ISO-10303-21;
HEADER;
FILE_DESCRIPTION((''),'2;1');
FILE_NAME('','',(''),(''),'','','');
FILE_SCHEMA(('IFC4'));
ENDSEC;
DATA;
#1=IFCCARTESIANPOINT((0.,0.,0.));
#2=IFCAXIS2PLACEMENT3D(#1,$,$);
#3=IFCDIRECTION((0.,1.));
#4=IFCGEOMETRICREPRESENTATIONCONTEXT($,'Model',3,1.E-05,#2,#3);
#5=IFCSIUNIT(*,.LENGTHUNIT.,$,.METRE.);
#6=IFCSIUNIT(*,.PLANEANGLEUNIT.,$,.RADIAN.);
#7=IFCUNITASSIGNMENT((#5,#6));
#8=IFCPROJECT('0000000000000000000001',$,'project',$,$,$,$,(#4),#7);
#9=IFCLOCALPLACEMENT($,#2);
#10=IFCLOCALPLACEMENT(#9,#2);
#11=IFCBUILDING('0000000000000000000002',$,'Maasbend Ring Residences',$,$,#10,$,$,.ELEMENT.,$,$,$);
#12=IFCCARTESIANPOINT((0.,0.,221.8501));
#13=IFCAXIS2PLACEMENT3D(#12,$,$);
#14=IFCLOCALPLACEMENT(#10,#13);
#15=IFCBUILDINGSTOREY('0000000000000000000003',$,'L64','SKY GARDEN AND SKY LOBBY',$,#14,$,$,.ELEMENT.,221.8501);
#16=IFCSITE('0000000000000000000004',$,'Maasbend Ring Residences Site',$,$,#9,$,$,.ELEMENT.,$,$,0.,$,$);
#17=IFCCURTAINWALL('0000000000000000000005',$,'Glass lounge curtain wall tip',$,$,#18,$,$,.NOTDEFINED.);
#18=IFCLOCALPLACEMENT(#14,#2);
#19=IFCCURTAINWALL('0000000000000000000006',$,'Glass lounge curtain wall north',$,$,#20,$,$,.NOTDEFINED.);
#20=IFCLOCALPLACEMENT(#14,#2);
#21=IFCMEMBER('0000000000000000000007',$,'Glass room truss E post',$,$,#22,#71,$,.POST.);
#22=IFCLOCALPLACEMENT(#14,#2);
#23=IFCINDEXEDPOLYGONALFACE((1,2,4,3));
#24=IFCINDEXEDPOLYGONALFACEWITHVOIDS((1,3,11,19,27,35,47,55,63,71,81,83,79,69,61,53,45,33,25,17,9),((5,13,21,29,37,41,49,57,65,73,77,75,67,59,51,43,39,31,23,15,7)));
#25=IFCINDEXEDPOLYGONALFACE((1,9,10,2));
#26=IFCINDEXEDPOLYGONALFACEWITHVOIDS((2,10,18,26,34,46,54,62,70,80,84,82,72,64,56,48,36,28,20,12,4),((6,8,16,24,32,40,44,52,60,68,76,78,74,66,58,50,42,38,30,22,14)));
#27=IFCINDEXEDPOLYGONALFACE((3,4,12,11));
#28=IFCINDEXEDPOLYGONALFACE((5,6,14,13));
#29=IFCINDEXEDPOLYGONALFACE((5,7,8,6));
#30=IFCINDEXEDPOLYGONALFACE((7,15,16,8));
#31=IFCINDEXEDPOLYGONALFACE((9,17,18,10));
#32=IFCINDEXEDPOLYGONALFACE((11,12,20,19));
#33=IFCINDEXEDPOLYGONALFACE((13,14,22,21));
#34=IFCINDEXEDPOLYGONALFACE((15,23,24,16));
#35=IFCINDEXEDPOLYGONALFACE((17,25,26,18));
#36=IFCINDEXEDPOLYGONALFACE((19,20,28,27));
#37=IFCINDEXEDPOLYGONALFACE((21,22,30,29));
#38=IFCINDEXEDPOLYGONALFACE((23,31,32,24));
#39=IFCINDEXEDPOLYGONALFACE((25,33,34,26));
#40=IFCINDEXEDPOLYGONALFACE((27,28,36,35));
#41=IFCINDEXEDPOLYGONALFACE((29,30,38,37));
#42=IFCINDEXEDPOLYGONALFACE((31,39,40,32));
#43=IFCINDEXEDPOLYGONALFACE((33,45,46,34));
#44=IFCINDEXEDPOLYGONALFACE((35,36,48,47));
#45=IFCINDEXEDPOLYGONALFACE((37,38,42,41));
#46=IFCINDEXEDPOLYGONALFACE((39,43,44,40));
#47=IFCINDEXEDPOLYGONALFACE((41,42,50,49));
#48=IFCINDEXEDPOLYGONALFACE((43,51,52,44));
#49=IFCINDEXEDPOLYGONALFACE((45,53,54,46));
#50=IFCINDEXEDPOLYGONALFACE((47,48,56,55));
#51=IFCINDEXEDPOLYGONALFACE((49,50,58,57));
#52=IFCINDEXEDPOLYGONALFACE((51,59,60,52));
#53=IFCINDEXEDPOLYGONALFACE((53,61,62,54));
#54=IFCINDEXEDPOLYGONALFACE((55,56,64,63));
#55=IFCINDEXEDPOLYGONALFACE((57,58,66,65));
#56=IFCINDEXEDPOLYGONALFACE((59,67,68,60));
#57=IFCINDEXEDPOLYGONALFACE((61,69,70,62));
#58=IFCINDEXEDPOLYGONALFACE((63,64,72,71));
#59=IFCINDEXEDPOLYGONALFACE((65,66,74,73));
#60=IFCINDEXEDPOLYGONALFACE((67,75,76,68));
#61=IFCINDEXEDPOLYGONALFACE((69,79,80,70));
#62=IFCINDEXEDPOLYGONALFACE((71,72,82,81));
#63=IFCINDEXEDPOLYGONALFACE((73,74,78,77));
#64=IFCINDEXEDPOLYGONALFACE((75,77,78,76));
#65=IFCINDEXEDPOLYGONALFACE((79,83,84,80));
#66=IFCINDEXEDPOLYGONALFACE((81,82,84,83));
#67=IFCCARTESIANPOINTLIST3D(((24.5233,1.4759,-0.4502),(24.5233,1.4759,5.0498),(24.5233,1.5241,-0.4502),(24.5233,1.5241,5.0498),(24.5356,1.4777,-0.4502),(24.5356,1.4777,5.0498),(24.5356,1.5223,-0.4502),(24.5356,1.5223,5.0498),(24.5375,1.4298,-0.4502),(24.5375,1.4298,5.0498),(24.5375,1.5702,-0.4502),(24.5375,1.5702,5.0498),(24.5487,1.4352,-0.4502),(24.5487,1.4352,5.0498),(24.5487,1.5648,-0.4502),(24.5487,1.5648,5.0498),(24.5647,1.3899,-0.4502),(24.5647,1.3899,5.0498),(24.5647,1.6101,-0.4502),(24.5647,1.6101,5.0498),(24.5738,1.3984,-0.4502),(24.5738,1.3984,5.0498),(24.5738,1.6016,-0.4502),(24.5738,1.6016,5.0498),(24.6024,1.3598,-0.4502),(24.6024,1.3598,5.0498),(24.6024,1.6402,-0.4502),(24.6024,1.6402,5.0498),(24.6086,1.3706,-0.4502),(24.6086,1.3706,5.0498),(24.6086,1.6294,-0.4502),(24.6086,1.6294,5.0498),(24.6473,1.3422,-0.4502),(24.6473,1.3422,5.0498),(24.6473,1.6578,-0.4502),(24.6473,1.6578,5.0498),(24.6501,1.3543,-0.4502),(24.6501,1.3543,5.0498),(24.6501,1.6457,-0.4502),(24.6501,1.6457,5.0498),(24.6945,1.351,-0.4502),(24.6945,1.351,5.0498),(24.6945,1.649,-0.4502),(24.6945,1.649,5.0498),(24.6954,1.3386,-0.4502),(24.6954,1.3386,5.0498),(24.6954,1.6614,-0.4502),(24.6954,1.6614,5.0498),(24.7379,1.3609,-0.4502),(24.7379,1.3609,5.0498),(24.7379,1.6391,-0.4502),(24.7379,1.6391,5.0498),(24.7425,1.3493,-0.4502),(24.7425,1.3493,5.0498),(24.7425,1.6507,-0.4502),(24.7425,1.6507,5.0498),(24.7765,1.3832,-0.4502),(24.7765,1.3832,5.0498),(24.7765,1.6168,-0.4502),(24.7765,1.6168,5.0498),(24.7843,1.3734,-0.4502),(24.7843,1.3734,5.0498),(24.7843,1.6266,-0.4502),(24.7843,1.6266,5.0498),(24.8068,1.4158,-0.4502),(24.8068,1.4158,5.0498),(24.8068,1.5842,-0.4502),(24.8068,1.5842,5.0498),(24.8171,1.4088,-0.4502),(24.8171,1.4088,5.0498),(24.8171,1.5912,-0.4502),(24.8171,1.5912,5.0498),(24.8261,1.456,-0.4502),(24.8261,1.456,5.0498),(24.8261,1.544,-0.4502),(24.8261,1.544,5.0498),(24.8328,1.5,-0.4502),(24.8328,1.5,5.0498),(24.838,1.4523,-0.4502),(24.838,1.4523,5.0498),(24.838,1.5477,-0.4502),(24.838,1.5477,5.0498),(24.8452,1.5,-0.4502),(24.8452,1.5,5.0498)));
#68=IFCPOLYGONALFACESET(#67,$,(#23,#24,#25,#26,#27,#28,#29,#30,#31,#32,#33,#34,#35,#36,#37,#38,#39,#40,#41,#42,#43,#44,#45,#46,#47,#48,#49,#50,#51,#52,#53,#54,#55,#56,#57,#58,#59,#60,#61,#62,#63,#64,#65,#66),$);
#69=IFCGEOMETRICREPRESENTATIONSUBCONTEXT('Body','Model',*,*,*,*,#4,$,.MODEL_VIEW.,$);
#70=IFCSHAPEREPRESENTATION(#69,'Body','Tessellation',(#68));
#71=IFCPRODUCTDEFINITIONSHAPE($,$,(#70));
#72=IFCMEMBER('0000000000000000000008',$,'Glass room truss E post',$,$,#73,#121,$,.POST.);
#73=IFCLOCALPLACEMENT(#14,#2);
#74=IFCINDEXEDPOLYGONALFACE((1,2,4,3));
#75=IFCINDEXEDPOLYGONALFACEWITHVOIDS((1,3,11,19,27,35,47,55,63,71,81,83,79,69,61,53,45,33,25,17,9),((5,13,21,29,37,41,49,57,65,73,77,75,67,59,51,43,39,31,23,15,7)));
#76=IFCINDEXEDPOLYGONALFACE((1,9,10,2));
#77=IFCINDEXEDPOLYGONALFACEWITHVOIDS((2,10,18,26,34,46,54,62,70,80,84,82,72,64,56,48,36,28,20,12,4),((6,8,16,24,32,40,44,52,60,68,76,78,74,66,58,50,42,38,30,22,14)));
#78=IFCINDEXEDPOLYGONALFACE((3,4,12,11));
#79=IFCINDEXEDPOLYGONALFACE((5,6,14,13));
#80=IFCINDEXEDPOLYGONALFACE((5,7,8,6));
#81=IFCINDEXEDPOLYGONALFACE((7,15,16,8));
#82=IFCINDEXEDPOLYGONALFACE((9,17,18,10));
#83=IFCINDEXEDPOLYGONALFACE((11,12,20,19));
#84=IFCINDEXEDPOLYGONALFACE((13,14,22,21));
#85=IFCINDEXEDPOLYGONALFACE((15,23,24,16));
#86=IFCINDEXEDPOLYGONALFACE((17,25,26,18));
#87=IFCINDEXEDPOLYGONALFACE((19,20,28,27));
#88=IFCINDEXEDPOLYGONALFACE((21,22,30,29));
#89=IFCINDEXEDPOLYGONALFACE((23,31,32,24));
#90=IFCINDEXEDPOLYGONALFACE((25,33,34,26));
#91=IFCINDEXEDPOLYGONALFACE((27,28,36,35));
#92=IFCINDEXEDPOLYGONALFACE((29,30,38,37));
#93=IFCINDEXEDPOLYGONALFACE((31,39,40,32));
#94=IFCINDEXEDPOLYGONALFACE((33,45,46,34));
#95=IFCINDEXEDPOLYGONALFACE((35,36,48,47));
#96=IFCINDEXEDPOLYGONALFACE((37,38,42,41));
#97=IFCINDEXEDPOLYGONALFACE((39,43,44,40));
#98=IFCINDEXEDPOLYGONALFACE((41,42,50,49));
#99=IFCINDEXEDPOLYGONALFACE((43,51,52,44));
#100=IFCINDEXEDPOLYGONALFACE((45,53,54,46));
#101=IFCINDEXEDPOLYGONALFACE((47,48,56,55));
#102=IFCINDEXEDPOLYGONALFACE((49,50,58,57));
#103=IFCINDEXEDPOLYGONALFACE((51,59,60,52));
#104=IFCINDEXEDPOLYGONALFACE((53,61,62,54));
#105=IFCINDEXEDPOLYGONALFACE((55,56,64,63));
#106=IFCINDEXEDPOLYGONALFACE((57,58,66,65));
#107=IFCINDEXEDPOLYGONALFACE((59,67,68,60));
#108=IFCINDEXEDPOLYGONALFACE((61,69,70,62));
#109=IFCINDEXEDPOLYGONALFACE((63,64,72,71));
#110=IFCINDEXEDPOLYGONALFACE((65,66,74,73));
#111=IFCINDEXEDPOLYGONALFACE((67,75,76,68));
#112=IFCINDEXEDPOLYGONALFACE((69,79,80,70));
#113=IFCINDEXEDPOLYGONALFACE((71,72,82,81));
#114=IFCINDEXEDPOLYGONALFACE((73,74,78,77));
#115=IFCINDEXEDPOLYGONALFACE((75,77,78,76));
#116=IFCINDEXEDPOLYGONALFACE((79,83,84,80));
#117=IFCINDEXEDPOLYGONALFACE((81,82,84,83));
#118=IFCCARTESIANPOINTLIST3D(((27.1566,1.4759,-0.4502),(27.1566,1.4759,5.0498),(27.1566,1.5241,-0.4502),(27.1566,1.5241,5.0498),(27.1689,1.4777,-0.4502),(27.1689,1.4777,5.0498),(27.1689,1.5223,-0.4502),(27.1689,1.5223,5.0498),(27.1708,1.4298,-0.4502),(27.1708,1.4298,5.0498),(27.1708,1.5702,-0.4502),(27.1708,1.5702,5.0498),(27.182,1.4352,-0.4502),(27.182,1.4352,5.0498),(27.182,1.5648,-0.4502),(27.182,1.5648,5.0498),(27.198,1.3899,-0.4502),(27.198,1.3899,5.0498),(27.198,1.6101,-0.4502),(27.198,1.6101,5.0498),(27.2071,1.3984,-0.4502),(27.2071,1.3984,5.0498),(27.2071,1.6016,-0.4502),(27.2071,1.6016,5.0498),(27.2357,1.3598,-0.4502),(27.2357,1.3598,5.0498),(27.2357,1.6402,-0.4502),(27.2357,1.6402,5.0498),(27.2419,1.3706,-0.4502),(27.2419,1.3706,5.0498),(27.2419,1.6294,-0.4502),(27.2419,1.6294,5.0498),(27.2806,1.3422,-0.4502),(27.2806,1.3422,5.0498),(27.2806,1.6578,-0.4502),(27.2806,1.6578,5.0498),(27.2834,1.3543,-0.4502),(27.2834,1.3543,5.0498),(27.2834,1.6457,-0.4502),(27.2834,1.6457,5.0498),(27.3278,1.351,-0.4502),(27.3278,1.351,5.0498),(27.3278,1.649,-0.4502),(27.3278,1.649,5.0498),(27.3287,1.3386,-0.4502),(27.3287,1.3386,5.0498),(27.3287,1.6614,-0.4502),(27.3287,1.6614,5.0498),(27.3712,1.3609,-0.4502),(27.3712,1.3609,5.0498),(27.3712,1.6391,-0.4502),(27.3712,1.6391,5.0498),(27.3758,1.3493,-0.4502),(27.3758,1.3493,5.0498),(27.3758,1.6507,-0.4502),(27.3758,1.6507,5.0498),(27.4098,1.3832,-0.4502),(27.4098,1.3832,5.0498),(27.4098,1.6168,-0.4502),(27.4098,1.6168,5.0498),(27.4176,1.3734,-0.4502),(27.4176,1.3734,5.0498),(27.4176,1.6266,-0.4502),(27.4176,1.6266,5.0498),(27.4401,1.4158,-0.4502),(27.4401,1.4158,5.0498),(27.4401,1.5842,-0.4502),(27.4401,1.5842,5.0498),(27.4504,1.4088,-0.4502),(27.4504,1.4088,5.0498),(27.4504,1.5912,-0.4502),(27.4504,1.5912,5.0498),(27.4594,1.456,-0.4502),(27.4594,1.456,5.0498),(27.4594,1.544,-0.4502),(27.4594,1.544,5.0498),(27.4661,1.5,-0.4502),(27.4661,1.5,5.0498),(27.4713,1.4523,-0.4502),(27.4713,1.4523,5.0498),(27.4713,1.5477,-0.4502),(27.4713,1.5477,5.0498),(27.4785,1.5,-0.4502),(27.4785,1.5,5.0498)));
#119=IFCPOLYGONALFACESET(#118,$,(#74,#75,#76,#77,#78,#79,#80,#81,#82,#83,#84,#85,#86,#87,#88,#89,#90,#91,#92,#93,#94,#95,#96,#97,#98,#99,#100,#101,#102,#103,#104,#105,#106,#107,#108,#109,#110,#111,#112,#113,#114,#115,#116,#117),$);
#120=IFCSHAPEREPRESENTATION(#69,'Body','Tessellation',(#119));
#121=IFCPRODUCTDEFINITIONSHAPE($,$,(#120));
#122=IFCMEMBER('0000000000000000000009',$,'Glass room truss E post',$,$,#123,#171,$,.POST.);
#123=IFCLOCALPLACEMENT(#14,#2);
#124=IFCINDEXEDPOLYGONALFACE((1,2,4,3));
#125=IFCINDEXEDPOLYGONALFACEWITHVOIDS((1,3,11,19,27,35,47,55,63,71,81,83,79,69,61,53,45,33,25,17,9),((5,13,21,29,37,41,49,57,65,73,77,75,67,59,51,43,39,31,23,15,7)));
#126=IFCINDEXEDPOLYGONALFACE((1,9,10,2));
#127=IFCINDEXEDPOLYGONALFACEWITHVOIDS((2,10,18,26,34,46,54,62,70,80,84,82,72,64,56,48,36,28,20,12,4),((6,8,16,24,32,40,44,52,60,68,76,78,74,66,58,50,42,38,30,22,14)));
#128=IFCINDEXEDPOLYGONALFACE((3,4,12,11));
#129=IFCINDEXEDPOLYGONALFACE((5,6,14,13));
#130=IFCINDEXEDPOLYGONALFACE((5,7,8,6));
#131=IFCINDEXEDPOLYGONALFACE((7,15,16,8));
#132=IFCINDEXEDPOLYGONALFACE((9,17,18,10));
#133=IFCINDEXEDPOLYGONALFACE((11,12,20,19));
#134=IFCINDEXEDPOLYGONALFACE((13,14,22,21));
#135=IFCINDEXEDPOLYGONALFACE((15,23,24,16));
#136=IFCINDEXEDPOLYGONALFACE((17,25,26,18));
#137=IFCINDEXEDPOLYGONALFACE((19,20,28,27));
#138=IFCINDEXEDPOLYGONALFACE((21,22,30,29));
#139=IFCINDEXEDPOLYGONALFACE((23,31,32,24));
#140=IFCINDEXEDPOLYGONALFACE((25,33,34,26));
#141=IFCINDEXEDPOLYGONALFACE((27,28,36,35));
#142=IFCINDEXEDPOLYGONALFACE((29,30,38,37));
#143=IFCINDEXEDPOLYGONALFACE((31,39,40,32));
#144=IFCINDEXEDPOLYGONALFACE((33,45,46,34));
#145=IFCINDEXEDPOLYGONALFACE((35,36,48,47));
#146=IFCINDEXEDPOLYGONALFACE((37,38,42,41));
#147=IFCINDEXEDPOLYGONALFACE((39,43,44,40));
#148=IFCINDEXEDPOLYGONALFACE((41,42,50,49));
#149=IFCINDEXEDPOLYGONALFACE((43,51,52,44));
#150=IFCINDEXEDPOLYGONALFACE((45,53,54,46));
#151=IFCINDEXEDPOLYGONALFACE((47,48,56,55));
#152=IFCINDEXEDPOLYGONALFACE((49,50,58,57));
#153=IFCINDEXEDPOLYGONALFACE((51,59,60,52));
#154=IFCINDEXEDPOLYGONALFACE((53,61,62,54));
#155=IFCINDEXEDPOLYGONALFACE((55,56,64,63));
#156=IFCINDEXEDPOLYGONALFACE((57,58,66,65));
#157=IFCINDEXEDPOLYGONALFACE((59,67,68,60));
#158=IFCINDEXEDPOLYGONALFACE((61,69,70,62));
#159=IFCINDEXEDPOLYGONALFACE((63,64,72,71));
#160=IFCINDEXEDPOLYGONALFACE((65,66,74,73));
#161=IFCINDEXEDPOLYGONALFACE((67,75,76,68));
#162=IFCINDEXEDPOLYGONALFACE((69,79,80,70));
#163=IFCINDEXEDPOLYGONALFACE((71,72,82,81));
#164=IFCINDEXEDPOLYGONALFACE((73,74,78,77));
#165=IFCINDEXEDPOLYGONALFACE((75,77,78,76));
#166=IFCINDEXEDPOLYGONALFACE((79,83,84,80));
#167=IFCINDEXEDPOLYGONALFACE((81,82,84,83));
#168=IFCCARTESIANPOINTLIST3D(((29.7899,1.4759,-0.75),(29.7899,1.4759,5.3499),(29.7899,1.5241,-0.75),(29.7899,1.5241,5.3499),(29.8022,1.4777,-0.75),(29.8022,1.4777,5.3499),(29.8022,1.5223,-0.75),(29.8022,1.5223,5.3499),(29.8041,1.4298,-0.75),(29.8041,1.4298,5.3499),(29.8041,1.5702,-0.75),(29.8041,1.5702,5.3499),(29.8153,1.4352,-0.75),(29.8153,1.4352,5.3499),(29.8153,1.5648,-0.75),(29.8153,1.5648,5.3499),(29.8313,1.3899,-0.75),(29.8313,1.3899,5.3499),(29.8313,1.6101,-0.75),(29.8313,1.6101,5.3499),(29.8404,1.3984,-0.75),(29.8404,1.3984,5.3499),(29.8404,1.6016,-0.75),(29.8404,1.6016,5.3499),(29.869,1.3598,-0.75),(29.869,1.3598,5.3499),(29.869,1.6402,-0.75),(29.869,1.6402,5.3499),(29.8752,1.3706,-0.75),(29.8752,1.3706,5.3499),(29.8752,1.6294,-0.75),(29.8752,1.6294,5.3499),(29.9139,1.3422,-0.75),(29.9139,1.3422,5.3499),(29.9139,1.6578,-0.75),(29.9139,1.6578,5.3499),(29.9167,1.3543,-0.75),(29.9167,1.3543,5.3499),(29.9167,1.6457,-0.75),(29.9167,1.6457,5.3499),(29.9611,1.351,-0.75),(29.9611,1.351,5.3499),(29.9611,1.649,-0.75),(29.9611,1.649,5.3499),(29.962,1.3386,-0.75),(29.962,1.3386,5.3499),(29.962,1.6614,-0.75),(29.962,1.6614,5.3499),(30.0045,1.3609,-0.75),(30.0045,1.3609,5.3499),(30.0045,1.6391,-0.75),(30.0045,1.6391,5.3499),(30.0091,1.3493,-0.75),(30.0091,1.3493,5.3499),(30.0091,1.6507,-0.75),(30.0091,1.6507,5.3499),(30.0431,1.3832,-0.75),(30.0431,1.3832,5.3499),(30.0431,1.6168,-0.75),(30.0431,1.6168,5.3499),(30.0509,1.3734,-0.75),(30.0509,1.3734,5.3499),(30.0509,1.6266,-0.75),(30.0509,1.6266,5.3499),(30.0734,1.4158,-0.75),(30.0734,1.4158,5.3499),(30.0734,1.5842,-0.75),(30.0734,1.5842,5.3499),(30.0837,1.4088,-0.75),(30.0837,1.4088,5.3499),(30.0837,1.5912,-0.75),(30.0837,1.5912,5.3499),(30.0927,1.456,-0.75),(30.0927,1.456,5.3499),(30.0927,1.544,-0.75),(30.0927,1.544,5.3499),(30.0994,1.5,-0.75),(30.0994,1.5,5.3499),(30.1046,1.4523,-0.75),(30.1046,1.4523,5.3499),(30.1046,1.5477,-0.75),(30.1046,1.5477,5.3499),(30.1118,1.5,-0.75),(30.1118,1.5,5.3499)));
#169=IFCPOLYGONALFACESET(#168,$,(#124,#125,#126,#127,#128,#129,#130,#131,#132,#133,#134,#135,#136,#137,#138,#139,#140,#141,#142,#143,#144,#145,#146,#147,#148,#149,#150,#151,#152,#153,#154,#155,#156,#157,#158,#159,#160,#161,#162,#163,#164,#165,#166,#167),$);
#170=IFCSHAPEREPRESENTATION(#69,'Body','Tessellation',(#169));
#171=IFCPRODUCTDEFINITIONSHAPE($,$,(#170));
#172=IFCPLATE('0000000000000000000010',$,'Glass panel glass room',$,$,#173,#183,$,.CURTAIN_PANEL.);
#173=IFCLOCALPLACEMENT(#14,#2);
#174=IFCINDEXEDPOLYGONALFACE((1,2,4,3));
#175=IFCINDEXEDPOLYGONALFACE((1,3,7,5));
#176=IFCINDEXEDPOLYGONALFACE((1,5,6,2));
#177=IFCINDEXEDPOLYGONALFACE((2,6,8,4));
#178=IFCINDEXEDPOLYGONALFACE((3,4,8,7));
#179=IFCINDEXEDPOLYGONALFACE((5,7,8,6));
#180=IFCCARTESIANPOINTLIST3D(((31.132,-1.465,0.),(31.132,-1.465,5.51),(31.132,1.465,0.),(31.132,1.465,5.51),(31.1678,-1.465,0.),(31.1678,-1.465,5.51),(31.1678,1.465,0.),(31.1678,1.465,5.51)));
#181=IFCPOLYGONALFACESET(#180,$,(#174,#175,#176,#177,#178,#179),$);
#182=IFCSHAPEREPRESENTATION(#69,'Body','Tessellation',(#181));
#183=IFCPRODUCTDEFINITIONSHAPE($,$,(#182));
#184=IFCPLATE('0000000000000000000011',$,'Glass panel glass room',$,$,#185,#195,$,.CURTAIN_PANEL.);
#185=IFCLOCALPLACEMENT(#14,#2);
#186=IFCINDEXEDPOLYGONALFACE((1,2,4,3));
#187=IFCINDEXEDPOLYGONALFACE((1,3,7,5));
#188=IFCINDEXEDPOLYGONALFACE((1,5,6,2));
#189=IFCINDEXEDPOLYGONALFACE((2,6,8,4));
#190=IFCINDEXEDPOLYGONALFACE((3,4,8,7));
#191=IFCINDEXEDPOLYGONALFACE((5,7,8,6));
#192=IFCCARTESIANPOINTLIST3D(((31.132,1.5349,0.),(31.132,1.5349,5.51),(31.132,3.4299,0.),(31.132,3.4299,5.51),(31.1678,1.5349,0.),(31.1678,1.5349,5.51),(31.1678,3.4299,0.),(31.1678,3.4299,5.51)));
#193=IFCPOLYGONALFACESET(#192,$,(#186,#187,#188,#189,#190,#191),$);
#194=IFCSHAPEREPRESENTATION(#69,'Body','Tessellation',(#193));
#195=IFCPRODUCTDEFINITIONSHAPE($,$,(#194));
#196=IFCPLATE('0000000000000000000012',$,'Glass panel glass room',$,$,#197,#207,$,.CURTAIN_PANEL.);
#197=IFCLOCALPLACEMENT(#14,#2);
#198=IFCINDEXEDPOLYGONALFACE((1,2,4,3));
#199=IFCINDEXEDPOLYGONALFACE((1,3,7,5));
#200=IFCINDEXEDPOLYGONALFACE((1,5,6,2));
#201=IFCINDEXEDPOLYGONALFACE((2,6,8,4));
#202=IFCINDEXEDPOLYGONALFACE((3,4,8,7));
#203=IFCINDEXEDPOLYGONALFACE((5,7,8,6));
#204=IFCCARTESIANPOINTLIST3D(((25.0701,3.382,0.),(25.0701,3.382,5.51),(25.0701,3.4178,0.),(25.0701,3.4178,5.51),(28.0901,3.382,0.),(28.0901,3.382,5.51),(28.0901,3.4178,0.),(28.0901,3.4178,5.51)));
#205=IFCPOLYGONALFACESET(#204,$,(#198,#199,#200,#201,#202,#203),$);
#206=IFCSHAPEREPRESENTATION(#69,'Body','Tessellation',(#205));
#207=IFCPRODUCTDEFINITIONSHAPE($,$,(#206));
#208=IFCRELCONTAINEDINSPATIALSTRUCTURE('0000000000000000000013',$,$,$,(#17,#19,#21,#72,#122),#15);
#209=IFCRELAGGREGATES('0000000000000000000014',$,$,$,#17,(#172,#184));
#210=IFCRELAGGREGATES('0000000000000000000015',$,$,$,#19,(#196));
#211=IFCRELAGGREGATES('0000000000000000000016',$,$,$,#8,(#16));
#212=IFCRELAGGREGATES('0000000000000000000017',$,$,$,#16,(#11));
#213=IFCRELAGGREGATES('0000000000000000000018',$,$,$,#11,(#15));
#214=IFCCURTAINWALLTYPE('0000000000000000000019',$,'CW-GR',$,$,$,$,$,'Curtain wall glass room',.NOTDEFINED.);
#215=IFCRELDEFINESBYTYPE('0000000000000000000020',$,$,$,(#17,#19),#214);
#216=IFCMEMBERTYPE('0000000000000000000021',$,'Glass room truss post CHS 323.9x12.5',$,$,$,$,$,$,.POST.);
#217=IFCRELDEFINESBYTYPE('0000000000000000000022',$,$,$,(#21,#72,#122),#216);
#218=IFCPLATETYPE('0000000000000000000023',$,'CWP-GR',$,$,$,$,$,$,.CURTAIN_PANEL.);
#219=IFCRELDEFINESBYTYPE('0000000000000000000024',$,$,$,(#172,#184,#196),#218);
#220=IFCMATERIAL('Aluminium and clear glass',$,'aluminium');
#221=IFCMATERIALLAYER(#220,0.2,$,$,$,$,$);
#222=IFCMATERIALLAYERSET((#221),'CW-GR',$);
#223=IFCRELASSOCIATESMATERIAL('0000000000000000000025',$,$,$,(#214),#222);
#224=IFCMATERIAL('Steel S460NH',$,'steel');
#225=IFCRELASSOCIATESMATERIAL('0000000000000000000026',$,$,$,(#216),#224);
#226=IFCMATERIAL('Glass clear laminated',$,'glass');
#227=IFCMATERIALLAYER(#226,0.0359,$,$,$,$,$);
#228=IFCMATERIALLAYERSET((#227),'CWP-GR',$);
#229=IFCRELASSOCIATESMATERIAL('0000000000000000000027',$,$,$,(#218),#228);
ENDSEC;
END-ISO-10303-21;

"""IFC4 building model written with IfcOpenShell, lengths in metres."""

from ifc_helpers import new_model, si_unit, direction, frame, origin, origin_2d, place, context, subcontext, project, spatial, rectangle, hollow_circle, extrude, material, layer, layer_set, material_profile, profile_set, type_object, element, aggregate, save


model = new_model("IFC4")

# Units and contexts
model_context = context("Model", 3, precision=1e-05, world=origin(), true_north=direction((0.0, 1.0)))
body_context = subcontext(model_context, "Body", "Model", "MODEL_VIEW")
ifc_project = project(units=[si_unit("LENGTHUNIT", "METRE"), si_unit("PLANEANGLEUNIT", "RADIAN")], contexts=[model_context])

# Site, building, storey
site_placement = place(None, origin())
site = spatial("IfcSite", under=ifc_project, at=site_placement, Name="Maasbend Ring Residences Site", CompositionType="ELEMENT", RefElevation=0.0)
building_placement = place(site_placement, origin())
building = spatial("IfcBuilding", under=site, at=building_placement, Name="Maasbend Ring Residences", CompositionType="ELEMENT")
storey_placement = place(building_placement, frame((0.0, 0.0, 221.8501)))
storey = spatial("IfcBuildingStorey", under=building, at=storey_placement, Name="L64", Description="SKY GARDEN AND SKY LOBBY", CompositionType="ELEMENT", Elevation=221.8501)

# Curtain walls
ifc_material_1 = material(Name="Aluminium and clear glass", Category="aluminium")
ifc_layer_1 = layer(ifc_material_1, 0.2)
ifc_layer_set_1 = layer_set([ifc_layer_1], Name="CW-GR")
curtain_wall_type = type_object("IfcCurtainWallType", Name="CW-GR", ElementType="Curtain wall glass room", PredefinedType="NOTDEFINED", material=ifc_layer_set_1)
curtain_wall_1_placement = place(storey_placement, origin())
curtain_wall_1 = element("IfcCurtainWall", 1, at=curtain_wall_1_placement, inside=storey, type_object=curtain_wall_type, Name="Glass lounge curtain wall tip", PredefinedType="NOTDEFINED")
curtain_wall_2_placement = place(storey_placement, origin())
curtain_wall_2 = element("IfcCurtainWall", 2, at=curtain_wall_2_placement, inside=storey, type_object=curtain_wall_type, Name="Glass lounge curtain wall north", PredefinedType="NOTDEFINED")

# Members
ifc_material_2 = material(Name="Steel S460NH", Category="steel")
ifc_material_profile_1 = material_profile(ifc_material_2, hollow_circle(Radius=0.1619, WallThickness=0.0125, at=origin_2d()), Name="Glass room truss post CHS 323.9x12.5")
ifc_profile_set_1 = profile_set([ifc_material_profile_1], Name="Steel S460NH")
member_type_1 = type_object("IfcMemberType", Name="Glass room truss post CHS 323.9x12.5", PredefinedType="POST", material=ifc_profile_set_1)
for number, where, z_axis, x_axis, name in (
    (3, (24.6833, 1.5, -0.4502), (0.0, 0.0, 1.0), (1.0, 0.0, 0.0), "Glass room truss E post"),
    (4, (27.3167, 1.5, -0.4502), (0.0, 0.0, 1.0), (1.0, 0.0, 0.0), "Glass room truss E post"),
):
    element("IfcMember", number, at=place(storey_placement, frame(where, z_axis=z_axis, x_axis=x_axis)), inside=storey, type_object=member_type_1, Name=name, PredefinedType="POST", context=body_context, shape_type="SweptSolid", body=[
        extrude(hollow_circle(Radius=0.1619, WallThickness=0.0125, at=origin_2d()), origin(), (0.0, 0.0, 1.0), 5.5),
    ])
member_1_placement = place(storey_placement, frame((29.95, 1.5, -0.75), z_axis=(0.0, 0.0, 1.0), x_axis=(1.0, 0.0, 0.0)))
element("IfcMember", 5, at=member_1_placement, inside=storey, type_object=member_type_1, Name="Glass room truss E post", PredefinedType="POST", context=body_context, shape_type="SweptSolid", body=[
    extrude(hollow_circle(Radius=0.1619, WallThickness=0.0125, at=origin_2d()), origin(), (0.0, 0.0, 1.0), 6.0999),
])

# Plates
ifc_material_3 = material(Name="Glass clear laminated", Category="glass")
ifc_layer_2 = layer(ifc_material_3, 0.0359)
ifc_layer_set_2 = layer_set([ifc_layer_2], Name="CWP-GR")
plate_type = type_object("IfcPlateType", Name="CWP-GR", PredefinedType="CURTAIN_PANEL", material=ifc_layer_set_2)
plate_1_placement = place(storey_placement, frame((31.1499, 0.0, 0.0), z_axis=(0.0, 0.0, 1.0), x_axis=(0.0, 1.0, 0.0)))
plate_1 = element("IfcPlate", 6, at=plate_1_placement, type_object=plate_type, Name="Glass panel glass room", PredefinedType="CURTAIN_PANEL", context=body_context, shape_type="SweptSolid", body=[
    extrude(rectangle(XDim=2.9299, YDim=0.0359, at=origin_2d()), origin(), (0.0, 0.0, 1.0), 5.51),
])
plate_2_placement = place(storey_placement, frame((31.1499, 2.4824, 0.0), z_axis=(0.0, 0.0, 1.0), x_axis=(0.0, 1.0, 0.0)))
plate_2 = element("IfcPlate", 7, at=plate_2_placement, type_object=plate_type, Name="Glass panel glass room", PredefinedType="CURTAIN_PANEL", context=body_context, shape_type="SweptSolid", body=[
    extrude(rectangle(XDim=1.895, YDim=0.0359, at=origin_2d()), origin(), (0.0, 0.0, 1.0), 5.51),
])
aggregate(curtain_wall_1, [plate_1, plate_2])
plate_3_placement = place(storey_placement, frame((26.5801, 3.3999, 0.0), z_axis=(0.0, 0.0, 1.0), x_axis=(1.0, 0.0, 0.0)))
plate_3 = element("IfcPlate", 8, at=plate_3_placement, type_object=plate_type, Name="Glass panel glass room", PredefinedType="CURTAIN_PANEL", context=body_context, shape_type="SweptSolid", body=[
    extrude(rectangle(XDim=3.02, YDim=0.0359, at=origin_2d()), origin(), (0.0, 0.0, 1.0), 5.51),
])
aggregate(curtain_wall_2, [plate_3])

save(model, "model.ifc")
